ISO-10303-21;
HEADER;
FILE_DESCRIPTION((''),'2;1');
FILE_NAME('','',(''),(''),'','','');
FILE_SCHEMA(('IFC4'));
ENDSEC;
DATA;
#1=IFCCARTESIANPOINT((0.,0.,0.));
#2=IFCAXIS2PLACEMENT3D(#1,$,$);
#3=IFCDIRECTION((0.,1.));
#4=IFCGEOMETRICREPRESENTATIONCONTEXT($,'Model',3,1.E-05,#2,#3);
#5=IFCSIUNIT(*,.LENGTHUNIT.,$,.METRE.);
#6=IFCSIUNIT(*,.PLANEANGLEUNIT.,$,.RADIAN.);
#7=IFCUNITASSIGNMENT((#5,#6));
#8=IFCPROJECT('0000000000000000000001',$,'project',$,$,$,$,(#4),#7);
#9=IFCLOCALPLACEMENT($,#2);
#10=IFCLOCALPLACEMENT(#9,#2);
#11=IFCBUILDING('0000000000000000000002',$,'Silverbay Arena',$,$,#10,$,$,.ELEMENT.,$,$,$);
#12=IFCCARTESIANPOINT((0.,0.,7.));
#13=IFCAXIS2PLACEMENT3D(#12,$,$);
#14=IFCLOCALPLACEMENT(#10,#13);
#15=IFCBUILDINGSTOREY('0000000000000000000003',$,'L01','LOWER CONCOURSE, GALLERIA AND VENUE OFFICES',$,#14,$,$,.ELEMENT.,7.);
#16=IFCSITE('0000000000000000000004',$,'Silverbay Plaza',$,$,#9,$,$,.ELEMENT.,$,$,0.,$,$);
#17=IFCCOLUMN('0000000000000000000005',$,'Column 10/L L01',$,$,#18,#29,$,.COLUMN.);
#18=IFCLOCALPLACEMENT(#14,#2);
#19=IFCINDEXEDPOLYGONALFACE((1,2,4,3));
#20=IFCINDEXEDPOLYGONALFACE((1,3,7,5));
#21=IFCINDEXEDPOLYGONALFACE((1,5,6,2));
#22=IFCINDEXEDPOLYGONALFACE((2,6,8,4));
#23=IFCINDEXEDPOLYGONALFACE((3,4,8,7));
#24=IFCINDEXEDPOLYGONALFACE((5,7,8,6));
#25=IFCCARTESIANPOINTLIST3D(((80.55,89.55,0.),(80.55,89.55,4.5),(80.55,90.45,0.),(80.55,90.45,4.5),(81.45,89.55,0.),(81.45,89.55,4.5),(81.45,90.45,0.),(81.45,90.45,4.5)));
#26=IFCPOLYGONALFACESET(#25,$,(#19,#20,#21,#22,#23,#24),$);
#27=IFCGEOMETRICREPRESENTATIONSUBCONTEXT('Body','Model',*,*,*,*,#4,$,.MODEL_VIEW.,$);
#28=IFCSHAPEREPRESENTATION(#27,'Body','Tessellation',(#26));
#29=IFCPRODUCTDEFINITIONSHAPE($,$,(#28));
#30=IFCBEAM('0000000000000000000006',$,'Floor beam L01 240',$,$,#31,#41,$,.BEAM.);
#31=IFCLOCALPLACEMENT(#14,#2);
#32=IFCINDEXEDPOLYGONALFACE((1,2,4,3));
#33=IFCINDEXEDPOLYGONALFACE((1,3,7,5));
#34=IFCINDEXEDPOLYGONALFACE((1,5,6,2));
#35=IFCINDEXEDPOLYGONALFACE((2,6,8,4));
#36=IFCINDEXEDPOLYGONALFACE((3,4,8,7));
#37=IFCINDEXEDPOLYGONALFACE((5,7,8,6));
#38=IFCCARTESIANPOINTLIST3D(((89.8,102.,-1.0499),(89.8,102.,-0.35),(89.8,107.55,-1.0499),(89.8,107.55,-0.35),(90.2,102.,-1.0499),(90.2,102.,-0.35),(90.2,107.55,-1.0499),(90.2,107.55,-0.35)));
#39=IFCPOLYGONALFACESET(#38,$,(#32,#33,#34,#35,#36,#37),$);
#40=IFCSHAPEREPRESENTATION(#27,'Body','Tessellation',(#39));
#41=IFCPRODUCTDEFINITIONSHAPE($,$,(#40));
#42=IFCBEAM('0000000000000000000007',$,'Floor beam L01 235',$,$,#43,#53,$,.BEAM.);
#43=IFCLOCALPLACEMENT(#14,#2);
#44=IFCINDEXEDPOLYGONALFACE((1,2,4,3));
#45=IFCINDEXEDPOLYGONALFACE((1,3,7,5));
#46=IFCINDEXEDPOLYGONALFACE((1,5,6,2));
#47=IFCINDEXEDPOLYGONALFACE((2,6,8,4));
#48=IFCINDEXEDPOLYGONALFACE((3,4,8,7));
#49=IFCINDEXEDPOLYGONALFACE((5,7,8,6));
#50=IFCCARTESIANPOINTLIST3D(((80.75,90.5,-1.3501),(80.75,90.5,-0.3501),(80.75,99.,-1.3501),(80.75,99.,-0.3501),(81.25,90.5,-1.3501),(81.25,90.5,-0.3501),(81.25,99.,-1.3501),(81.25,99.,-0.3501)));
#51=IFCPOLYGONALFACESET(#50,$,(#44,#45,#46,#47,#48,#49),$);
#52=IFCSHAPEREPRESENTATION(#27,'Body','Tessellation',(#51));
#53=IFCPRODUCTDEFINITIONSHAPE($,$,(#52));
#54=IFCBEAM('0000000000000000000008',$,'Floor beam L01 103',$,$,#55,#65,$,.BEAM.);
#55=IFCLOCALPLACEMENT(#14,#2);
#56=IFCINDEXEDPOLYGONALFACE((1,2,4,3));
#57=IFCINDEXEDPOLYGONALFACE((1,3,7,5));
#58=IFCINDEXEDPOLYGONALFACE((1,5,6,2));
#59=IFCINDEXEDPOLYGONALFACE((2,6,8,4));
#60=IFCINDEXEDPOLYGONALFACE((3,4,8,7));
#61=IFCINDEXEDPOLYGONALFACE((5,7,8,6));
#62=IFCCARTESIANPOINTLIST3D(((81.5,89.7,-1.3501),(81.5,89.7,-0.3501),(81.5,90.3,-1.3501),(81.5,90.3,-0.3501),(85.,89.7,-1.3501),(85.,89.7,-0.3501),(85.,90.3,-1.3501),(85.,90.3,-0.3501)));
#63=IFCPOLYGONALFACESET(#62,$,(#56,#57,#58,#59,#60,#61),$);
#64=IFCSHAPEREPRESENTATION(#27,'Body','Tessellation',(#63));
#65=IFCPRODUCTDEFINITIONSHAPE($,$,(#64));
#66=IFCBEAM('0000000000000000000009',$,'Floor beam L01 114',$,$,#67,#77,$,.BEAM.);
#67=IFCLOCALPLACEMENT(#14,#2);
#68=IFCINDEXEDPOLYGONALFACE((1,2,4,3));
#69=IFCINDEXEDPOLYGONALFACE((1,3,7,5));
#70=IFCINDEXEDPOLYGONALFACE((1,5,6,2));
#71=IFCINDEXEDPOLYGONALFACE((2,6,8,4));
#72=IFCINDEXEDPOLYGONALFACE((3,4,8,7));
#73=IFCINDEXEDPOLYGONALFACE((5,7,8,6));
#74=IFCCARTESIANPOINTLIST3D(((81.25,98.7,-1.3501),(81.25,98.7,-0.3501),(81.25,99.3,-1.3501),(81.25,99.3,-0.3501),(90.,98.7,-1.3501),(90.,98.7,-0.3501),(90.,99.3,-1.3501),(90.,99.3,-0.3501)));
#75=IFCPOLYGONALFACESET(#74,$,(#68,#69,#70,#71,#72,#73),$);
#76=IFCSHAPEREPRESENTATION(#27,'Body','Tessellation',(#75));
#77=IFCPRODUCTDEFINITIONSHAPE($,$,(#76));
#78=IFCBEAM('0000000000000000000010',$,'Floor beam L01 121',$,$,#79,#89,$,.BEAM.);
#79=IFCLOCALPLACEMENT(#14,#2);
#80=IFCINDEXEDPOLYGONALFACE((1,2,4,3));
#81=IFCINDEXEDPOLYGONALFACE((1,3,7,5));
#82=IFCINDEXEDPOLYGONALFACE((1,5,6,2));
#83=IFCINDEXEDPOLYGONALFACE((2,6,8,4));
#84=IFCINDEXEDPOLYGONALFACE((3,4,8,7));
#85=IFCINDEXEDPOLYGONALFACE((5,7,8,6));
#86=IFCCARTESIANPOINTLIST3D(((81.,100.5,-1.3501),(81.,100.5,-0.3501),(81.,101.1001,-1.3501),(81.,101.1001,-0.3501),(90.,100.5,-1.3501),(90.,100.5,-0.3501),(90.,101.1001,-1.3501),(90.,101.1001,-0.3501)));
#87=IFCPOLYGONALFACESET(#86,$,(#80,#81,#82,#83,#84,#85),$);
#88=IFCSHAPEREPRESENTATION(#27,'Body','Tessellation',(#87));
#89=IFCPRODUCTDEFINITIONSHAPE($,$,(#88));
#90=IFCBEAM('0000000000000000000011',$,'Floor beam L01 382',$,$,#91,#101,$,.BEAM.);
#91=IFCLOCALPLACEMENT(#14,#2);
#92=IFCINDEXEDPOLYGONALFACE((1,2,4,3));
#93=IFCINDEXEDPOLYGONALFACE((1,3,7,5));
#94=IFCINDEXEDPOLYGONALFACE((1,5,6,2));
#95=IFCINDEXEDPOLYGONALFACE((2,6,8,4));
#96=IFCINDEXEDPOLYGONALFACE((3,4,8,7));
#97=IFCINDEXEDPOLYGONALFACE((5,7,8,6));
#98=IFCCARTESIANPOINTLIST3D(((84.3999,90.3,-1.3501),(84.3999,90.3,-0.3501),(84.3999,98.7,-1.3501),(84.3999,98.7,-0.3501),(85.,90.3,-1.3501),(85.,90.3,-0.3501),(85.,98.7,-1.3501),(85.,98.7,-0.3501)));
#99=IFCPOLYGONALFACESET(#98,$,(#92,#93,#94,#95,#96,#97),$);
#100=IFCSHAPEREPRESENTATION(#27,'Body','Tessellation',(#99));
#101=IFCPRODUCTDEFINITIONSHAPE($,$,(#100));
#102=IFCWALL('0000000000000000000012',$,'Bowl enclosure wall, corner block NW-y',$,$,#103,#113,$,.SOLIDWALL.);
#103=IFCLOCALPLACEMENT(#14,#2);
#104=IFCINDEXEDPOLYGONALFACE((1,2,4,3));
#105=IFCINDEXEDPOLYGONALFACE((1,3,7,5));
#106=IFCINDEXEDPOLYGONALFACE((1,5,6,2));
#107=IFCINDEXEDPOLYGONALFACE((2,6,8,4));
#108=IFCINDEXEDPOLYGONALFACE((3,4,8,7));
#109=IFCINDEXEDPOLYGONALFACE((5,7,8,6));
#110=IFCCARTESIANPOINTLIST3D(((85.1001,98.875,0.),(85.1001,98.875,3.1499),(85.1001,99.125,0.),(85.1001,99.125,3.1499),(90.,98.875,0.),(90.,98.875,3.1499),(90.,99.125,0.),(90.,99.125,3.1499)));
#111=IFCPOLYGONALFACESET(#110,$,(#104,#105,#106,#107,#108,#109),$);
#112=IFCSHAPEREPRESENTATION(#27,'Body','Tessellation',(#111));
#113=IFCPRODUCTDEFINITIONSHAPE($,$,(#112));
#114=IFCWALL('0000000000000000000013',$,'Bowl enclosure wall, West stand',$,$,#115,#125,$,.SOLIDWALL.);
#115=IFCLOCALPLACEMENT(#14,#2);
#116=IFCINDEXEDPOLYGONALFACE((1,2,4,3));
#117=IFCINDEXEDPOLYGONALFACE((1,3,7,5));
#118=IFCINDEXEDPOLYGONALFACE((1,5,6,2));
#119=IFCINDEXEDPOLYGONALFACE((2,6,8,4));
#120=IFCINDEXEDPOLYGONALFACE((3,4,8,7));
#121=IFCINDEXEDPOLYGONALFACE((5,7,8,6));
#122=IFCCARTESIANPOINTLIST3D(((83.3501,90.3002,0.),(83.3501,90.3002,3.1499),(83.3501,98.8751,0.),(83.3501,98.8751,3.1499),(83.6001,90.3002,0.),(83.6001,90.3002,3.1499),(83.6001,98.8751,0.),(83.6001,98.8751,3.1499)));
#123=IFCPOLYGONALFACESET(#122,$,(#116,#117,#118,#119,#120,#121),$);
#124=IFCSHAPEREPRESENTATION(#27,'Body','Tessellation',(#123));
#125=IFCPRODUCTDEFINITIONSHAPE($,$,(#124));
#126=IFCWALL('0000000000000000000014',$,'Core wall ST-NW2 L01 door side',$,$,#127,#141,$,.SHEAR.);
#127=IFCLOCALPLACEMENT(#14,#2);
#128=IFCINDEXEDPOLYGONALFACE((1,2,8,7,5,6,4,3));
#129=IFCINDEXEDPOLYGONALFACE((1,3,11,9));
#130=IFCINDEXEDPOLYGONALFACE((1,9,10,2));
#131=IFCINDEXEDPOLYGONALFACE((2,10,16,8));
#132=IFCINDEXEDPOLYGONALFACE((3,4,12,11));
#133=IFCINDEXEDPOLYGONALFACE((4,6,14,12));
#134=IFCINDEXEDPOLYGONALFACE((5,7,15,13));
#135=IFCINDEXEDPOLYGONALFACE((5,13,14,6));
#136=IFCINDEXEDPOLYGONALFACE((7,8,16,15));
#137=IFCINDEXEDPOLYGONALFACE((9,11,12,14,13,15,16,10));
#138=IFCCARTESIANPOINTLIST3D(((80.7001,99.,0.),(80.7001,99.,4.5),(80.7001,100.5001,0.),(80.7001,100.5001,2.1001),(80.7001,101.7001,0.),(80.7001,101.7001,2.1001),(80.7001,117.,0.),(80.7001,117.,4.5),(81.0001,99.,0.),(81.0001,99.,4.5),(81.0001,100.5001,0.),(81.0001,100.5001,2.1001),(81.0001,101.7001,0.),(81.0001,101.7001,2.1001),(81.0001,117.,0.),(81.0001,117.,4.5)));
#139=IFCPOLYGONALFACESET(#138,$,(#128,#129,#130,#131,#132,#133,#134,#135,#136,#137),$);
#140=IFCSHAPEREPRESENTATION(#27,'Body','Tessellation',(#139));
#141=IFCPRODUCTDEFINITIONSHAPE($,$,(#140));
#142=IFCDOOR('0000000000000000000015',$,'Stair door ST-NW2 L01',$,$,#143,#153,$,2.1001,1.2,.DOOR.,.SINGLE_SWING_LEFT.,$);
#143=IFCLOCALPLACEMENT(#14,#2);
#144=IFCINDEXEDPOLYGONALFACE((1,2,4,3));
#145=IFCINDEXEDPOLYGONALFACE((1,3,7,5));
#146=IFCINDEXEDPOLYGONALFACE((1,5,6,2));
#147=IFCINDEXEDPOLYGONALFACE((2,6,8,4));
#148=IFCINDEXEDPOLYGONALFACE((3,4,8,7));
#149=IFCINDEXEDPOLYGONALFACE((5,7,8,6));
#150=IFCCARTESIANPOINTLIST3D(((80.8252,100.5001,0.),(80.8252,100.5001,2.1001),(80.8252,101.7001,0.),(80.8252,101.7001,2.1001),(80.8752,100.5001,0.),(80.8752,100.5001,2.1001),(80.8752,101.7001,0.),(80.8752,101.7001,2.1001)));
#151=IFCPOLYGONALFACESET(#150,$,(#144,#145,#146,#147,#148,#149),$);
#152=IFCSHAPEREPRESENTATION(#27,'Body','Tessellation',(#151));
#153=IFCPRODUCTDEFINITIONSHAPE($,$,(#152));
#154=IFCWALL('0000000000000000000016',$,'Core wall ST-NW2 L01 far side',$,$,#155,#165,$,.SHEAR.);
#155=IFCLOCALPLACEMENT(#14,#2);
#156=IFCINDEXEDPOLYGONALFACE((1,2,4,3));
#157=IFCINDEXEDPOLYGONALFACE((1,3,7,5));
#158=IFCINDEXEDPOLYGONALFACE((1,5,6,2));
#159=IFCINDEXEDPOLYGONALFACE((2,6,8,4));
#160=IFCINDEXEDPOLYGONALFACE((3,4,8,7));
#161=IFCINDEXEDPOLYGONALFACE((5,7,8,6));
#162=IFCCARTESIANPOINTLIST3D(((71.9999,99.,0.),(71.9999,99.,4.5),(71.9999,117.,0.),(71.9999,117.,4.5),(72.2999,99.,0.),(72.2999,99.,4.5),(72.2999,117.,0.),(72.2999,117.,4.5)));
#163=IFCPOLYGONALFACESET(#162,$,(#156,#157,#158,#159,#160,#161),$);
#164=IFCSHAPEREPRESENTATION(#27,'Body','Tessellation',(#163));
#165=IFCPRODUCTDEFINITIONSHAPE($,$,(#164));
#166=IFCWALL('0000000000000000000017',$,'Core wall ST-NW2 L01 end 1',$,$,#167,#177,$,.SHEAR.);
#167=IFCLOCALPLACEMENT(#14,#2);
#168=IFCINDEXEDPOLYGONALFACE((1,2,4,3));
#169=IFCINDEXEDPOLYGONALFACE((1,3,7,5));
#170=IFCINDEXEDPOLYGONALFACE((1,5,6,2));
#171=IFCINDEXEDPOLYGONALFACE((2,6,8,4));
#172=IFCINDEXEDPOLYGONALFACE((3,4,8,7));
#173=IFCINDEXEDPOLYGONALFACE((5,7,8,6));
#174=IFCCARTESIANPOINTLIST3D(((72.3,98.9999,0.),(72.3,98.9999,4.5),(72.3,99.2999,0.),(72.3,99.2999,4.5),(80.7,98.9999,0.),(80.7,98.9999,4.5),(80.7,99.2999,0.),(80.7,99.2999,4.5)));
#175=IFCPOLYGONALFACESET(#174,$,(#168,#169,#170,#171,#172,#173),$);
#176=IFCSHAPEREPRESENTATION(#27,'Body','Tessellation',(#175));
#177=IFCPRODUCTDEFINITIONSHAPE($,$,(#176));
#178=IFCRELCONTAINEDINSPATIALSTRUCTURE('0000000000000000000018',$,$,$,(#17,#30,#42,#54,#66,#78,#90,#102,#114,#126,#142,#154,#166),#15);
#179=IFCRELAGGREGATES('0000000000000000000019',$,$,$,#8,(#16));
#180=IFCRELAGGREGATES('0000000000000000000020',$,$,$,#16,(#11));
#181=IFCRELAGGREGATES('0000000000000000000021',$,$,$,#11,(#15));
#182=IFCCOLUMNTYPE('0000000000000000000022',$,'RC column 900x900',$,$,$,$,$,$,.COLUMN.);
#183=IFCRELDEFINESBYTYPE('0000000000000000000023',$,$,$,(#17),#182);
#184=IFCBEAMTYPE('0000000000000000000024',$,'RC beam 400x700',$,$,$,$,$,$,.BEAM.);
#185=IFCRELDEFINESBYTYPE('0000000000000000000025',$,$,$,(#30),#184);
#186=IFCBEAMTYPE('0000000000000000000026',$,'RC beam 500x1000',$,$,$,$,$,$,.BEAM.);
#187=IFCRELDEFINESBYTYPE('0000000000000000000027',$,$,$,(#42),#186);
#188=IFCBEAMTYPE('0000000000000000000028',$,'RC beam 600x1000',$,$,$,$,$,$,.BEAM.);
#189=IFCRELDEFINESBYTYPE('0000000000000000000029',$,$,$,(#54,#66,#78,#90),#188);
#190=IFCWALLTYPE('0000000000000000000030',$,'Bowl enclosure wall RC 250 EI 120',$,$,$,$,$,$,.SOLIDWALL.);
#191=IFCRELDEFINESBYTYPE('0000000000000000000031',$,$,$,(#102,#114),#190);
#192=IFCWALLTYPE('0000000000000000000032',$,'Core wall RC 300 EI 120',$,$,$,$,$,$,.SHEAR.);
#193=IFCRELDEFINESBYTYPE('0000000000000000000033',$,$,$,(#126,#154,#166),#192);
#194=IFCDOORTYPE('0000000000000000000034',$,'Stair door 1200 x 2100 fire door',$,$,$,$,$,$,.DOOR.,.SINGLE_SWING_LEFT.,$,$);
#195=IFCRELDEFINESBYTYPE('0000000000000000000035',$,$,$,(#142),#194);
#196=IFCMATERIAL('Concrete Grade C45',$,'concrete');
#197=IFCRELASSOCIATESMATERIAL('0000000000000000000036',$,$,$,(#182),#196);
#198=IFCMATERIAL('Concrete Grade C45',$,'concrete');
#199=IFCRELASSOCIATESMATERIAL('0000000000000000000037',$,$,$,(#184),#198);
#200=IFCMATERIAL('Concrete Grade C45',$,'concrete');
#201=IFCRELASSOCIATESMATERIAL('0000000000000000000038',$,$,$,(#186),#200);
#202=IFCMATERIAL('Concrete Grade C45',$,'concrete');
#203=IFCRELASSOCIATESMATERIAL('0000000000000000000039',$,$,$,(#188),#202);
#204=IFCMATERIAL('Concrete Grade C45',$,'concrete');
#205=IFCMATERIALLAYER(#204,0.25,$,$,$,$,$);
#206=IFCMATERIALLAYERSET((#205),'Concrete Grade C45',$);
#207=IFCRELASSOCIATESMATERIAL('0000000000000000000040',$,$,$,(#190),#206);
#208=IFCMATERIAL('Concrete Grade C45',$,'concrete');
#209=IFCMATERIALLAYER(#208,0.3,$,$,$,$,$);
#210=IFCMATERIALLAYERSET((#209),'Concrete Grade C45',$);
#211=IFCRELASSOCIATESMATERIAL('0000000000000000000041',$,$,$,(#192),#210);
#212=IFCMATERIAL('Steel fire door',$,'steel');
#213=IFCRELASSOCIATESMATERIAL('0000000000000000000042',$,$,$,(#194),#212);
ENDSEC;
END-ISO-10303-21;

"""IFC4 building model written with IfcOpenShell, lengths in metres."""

from ifc_helpers import new_model, si_unit, direction, frame, frame_2d, origin, origin_2d, place, context, subcontext, project, spatial, rectangle, extrude, material, layer, layer_set, material_profile, profile_set, type_object, element, fill, save


model = new_model("IFC4")

# Units and contexts
model_context = context("Model", 3, precision=1e-05, world=origin(), true_north=direction((0.0, 1.0)))
body_context = subcontext(model_context, "Body", "Model", "MODEL_VIEW")
ifc_project = project(units=[si_unit("LENGTHUNIT", "METRE"), si_unit("PLANEANGLEUNIT", "RADIAN")], contexts=[model_context])

# Site, building, storey
site_placement = place(None, origin())
site = spatial("IfcSite", under=ifc_project, at=site_placement, Name="Silverbay Plaza", CompositionType="ELEMENT", RefElevation=0.0)
building_placement = place(site_placement, origin())
building = spatial("IfcBuilding", under=site, at=building_placement, Name="Silverbay Arena", CompositionType="ELEMENT")
storey_placement = place(building_placement, frame((0.0, 0.0, 7.0)))
storey = spatial("IfcBuildingStorey", under=building, at=storey_placement, Name="L01", Description="LOWER CONCOURSE, GALLERIA AND VENUE OFFICES", CompositionType="ELEMENT", Elevation=7.0)

# Column
ifc_material_1 = material(Name="Concrete Grade C45", Category="concrete")
ifc_material_profile_1 = material_profile(ifc_material_1, rectangle(XDim=0.8999, YDim=0.8999, at=origin_2d()), Name="RC 900x900")
ifc_profile_set_1 = profile_set([ifc_material_profile_1], Name="Concrete Grade C45")
column_type = type_object("IfcColumnType", Name="RC column 900x900", PredefinedType="COLUMN", material=ifc_profile_set_1)
column_placement = place(storey_placement, frame((81.0, 90.0, 0.0), z_axis=(0.0, 0.0, 1.0), x_axis=(1.0, 0.0, 0.0)))
element("IfcColumn", 1, at=column_placement, inside=storey, type_object=column_type, Name="Column 10/L L01", PredefinedType="COLUMN", context=body_context, shape_type="SweptSolid", body=[
    extrude(rectangle(XDim=0.8999, YDim=0.8999, at=origin_2d()), origin(), (0.0, 0.0, 1.0), 4.5),
])

# Beams
ifc_material_2 = material(Name="Concrete Grade C45", Category="concrete")
ifc_material_profile_2 = material_profile(ifc_material_2, rectangle(XDim=0.3999, YDim=0.7, at=origin_2d()), Name="RC 400x700")
ifc_profile_set_2 = profile_set([ifc_material_profile_2], Name="Concrete Grade C45")
beam_type_1 = type_object("IfcBeamType", Name="RC beam 400x700", PredefinedType="BEAM", material=ifc_profile_set_2)
beam_1_placement = place(storey_placement, frame((90.0, 102.0, -0.7), z_axis=(0.0, 1.0, 0.0), x_axis=(-1.0, 0.0, 0.0)))
element("IfcBeam", 2, at=beam_1_placement, inside=storey, type_object=beam_type_1, Name="Floor beam L01 240", PredefinedType="BEAM", context=body_context, shape_type="SweptSolid", body=[
    extrude(rectangle(XDim=0.3999, YDim=0.7, at=origin_2d()), origin(), (0.0, 0.0, 1.0), 5.55),
])
ifc_material_3 = material(Name="Concrete Grade C45", Category="concrete")
ifc_material_profile_3 = material_profile(ifc_material_3, rectangle(XDim=0.5, YDim=1.0, at=origin_2d()), Name="RC 500x1000")
ifc_profile_set_3 = profile_set([ifc_material_profile_3], Name="Concrete Grade C45")
beam_type_2 = type_object("IfcBeamType", Name="RC beam 500x1000", PredefinedType="BEAM", material=ifc_profile_set_3)
beam_2_placement = place(storey_placement, frame((81.0, 90.5, -0.8501), z_axis=(0.0, 1.0, 0.0), x_axis=(-1.0, 0.0, 0.0)))
element("IfcBeam", 3, at=beam_2_placement, inside=storey, type_object=beam_type_2, Name="Floor beam L01 235", PredefinedType="BEAM", context=body_context, shape_type="SweptSolid", body=[
    extrude(rectangle(XDim=0.5, YDim=1.0, at=origin_2d()), origin(), (0.0, 0.0, 1.0), 8.5),
])
ifc_material_4 = material(Name="Concrete Grade C45", Category="concrete")
ifc_material_profile_4 = material_profile(ifc_material_4, rectangle(XDim=0.6001, YDim=1.0, at=origin_2d()), Name="RC 600x1000")
ifc_profile_set_4 = profile_set([ifc_material_profile_4], Name="Concrete Grade C45")
beam_type_3 = type_object("IfcBeamType", Name="RC beam 600x1000", PredefinedType="BEAM", material=ifc_profile_set_4)
beam_3_placement = place(storey_placement, frame((81.5, 90.0, -0.8501), z_axis=(1.0, 0.0, 0.0), x_axis=(0.0, 1.0, 0.0)))
element("IfcBeam", 4, at=beam_3_placement, inside=storey, type_object=beam_type_3, Name="Floor beam L01 103", PredefinedType="BEAM", context=body_context, shape_type="SweptSolid", body=[
    extrude(rectangle(XDim=0.6001, YDim=1.0, at=origin_2d()), origin(), (0.0, 0.0, 1.0), 3.5),
])
beam_4_placement = place(storey_placement, frame((81.25, 99.0, -0.8501), z_axis=(1.0, 0.0, 0.0), x_axis=(0.0, 1.0, 0.0)))
element("IfcBeam", 5, at=beam_4_placement, inside=storey, type_object=beam_type_3, Name="Floor beam L01 114", PredefinedType="BEAM", context=body_context, shape_type="SweptSolid", body=[
    extrude(rectangle(XDim=0.6001, YDim=1.0, at=origin_2d()), origin(), (0.0, 0.0, 1.0), 8.75),
])
beam_5_placement = place(storey_placement, frame((81.0, 100.8, -0.8501), z_axis=(1.0, 0.0, 0.0), x_axis=(0.0, 1.0, 0.0)))
element("IfcBeam", 6, at=beam_5_placement, inside=storey, type_object=beam_type_3, Name="Floor beam L01 121", PredefinedType="BEAM", context=body_context, shape_type="SweptSolid", body=[
    extrude(rectangle(XDim=0.6001, YDim=1.0, at=origin_2d()), origin(), (0.0, 0.0, 1.0), 9.0),
])
beam_6_placement = place(storey_placement, frame((84.7, 90.3, -0.8501), z_axis=(0.0, 1.0, 0.0), x_axis=(-1.0, 0.0, 0.0)))
element("IfcBeam", 7, at=beam_6_placement, inside=storey, type_object=beam_type_3, Name="Floor beam L01 382", PredefinedType="BEAM", context=body_context, shape_type="SweptSolid", body=[
    extrude(rectangle(XDim=0.6001, YDim=1.0, at=origin_2d()), origin(), (0.0, 0.0, 1.0), 8.3999),
])

# Shared definitions
ifc_material_5 = material(Name="Concrete Grade C45", Category="concrete")
ifc_layer_1 = layer(ifc_material_5, 0.25)
ifc_layer_set_1 = layer_set([ifc_layer_1], Name="Concrete Grade C45")
wall_type_1 = type_object("IfcWallType", Name="Bowl enclosure wall RC 250 EI 120", PredefinedType="SOLIDWALL", material=ifc_layer_set_1)

# Walls
wall_1_placement = place(storey_placement, frame((85.1001, 99.0, 0.0), z_axis=(0.0, 0.0, 1.0), x_axis=(1.0, 0.0, 0.0)))
element("IfcWall", 8, at=wall_1_placement, inside=storey, type_object=wall_type_1, Name="Bowl enclosure wall, corner block NW-y", PredefinedType="SOLIDWALL", context=body_context, shape_type="SweptSolid", body=[
    extrude(rectangle(XDim=4.8999, YDim=0.25, at=frame_2d((2.45, 0.0))), origin(), (0.0, 0.0, 1.0), 3.1499),
])
wall_2_placement = place(storey_placement, frame((83.4751, 90.3, 0.0), z_axis=(0.0, 0.0, 1.0), x_axis=(0.0, 1.0, 0.0)))
element("IfcWall", 9, at=wall_2_placement, inside=storey, type_object=wall_type_1, Name="Bowl enclosure wall, West stand", PredefinedType="SOLIDWALL", context=body_context, shape_type="SweptSolid", body=[
    extrude(rectangle(XDim=8.575, YDim=0.25, at=frame_2d((4.2876, 0.0))), origin(), (0.0, 0.0, 1.0), 3.1499),
])

# Wall, opening, door
ifc_material_6 = material(Name="Concrete Grade C45", Category="concrete")
ifc_layer_2 = layer(ifc_material_6, 0.3)
ifc_layer_set_2 = layer_set([ifc_layer_2], Name="Concrete Grade C45")
wall_type_2 = type_object("IfcWallType", Name="Core wall RC 300 EI 120", PredefinedType="SHEAR", material=ifc_layer_set_2)
wall_3_placement = place(storey_placement, frame((80.8501, 99.0, 0.0), z_axis=(0.0, 0.0, 1.0), x_axis=(0.0, 1.0, 0.0)))
wall_3 = element("IfcWall", 10, at=wall_3_placement, inside=storey, type_object=wall_type_2, Name="Core wall ST-NW2 L01 door side", PredefinedType="SHEAR", context=body_context, shape_type="SweptSolid", body=[
    extrude(rectangle(XDim=18.0, YDim=0.3, at=frame_2d((9.0, 0.0))), origin(), (0.0, 0.0, 1.0), 4.5),
])
opening_1_placement = place(wall_3_placement, frame((1.5, 0.0, 0.0)))
opening_1 = element("IfcOpeningElement", 11, at=opening_1_placement, cuts=wall_3, PredefinedType="OPENING", context=body_context, shape_type="SweptSolid", body=[
    extrude(rectangle(XDim=1.2, YDim=2.1001, at=frame_2d((0.6001, 1.05))), frame((0.0, 0.1602, 0.0), z_axis=(0.0, -1.0, 0.0), x_axis=(1.0, 0.0, 0.0)), (0.0, 0.0, 1.0), 0.3201),
])
ifc_material_7 = material(Name="Steel fire door", Category="steel")
door_type_1 = type_object("IfcDoorType", Name="Stair door 1200 x 2100 fire door", OperationType="SINGLE_SWING_LEFT", PredefinedType="DOOR", material=ifc_material_7)
door_1_placement = place(opening_1_placement, origin())
door_1 = element("IfcDoor", 12, at=door_1_placement, inside=storey, type_object=door_type_1, Name="Stair door ST-NW2 L01", OperationType="SINGLE_SWING_LEFT", OverallHeight=2.1001, OverallWidth=1.2, PredefinedType="DOOR", context=body_context, shape_type="SweptSolid", body=[
    extrude(rectangle(XDim=1.2, YDim=2.1001, at=frame_2d((0.6001, 1.05))), frame((0.0, 0.0249, 0.0), z_axis=(0.0, -1.0, 0.0), x_axis=(1.0, 0.0, 0.0)), (0.0, 0.0, 1.0), 0.05),
])
fill(opening_1, door_1)

# Walls
wall_4_placement = place(storey_placement, frame((72.1499, 99.0, 0.0), z_axis=(0.0, 0.0, 1.0), x_axis=(0.0, 1.0, 0.0)))
element("IfcWall", 13, at=wall_4_placement, inside=storey, type_object=wall_type_2, Name="Core wall ST-NW2 L01 far side", PredefinedType="SHEAR", context=body_context, shape_type="SweptSolid", body=[
    extrude(rectangle(XDim=18.0, YDim=0.3, at=frame_2d((9.0, 0.0))), origin(), (0.0, 0.0, 1.0), 4.5),
])
wall_5_placement = place(storey_placement, frame((80.7, 99.1499, 0.0), z_axis=(0.0, 0.0, 1.0), x_axis=(-1.0, 0.0, 0.0)))
element("IfcWall", 14, at=wall_5_placement, inside=storey, type_object=wall_type_2, Name="Core wall ST-NW2 L01 end 1", PredefinedType="SHEAR", context=body_context, shape_type="SweptSolid", body=[
    extrude(rectangle(XDim=8.3999, YDim=0.3, at=frame_2d((4.2, 0.0))), origin(), (0.0, 0.0, 1.0), 4.5),
])

save(model, "model.ifc")
